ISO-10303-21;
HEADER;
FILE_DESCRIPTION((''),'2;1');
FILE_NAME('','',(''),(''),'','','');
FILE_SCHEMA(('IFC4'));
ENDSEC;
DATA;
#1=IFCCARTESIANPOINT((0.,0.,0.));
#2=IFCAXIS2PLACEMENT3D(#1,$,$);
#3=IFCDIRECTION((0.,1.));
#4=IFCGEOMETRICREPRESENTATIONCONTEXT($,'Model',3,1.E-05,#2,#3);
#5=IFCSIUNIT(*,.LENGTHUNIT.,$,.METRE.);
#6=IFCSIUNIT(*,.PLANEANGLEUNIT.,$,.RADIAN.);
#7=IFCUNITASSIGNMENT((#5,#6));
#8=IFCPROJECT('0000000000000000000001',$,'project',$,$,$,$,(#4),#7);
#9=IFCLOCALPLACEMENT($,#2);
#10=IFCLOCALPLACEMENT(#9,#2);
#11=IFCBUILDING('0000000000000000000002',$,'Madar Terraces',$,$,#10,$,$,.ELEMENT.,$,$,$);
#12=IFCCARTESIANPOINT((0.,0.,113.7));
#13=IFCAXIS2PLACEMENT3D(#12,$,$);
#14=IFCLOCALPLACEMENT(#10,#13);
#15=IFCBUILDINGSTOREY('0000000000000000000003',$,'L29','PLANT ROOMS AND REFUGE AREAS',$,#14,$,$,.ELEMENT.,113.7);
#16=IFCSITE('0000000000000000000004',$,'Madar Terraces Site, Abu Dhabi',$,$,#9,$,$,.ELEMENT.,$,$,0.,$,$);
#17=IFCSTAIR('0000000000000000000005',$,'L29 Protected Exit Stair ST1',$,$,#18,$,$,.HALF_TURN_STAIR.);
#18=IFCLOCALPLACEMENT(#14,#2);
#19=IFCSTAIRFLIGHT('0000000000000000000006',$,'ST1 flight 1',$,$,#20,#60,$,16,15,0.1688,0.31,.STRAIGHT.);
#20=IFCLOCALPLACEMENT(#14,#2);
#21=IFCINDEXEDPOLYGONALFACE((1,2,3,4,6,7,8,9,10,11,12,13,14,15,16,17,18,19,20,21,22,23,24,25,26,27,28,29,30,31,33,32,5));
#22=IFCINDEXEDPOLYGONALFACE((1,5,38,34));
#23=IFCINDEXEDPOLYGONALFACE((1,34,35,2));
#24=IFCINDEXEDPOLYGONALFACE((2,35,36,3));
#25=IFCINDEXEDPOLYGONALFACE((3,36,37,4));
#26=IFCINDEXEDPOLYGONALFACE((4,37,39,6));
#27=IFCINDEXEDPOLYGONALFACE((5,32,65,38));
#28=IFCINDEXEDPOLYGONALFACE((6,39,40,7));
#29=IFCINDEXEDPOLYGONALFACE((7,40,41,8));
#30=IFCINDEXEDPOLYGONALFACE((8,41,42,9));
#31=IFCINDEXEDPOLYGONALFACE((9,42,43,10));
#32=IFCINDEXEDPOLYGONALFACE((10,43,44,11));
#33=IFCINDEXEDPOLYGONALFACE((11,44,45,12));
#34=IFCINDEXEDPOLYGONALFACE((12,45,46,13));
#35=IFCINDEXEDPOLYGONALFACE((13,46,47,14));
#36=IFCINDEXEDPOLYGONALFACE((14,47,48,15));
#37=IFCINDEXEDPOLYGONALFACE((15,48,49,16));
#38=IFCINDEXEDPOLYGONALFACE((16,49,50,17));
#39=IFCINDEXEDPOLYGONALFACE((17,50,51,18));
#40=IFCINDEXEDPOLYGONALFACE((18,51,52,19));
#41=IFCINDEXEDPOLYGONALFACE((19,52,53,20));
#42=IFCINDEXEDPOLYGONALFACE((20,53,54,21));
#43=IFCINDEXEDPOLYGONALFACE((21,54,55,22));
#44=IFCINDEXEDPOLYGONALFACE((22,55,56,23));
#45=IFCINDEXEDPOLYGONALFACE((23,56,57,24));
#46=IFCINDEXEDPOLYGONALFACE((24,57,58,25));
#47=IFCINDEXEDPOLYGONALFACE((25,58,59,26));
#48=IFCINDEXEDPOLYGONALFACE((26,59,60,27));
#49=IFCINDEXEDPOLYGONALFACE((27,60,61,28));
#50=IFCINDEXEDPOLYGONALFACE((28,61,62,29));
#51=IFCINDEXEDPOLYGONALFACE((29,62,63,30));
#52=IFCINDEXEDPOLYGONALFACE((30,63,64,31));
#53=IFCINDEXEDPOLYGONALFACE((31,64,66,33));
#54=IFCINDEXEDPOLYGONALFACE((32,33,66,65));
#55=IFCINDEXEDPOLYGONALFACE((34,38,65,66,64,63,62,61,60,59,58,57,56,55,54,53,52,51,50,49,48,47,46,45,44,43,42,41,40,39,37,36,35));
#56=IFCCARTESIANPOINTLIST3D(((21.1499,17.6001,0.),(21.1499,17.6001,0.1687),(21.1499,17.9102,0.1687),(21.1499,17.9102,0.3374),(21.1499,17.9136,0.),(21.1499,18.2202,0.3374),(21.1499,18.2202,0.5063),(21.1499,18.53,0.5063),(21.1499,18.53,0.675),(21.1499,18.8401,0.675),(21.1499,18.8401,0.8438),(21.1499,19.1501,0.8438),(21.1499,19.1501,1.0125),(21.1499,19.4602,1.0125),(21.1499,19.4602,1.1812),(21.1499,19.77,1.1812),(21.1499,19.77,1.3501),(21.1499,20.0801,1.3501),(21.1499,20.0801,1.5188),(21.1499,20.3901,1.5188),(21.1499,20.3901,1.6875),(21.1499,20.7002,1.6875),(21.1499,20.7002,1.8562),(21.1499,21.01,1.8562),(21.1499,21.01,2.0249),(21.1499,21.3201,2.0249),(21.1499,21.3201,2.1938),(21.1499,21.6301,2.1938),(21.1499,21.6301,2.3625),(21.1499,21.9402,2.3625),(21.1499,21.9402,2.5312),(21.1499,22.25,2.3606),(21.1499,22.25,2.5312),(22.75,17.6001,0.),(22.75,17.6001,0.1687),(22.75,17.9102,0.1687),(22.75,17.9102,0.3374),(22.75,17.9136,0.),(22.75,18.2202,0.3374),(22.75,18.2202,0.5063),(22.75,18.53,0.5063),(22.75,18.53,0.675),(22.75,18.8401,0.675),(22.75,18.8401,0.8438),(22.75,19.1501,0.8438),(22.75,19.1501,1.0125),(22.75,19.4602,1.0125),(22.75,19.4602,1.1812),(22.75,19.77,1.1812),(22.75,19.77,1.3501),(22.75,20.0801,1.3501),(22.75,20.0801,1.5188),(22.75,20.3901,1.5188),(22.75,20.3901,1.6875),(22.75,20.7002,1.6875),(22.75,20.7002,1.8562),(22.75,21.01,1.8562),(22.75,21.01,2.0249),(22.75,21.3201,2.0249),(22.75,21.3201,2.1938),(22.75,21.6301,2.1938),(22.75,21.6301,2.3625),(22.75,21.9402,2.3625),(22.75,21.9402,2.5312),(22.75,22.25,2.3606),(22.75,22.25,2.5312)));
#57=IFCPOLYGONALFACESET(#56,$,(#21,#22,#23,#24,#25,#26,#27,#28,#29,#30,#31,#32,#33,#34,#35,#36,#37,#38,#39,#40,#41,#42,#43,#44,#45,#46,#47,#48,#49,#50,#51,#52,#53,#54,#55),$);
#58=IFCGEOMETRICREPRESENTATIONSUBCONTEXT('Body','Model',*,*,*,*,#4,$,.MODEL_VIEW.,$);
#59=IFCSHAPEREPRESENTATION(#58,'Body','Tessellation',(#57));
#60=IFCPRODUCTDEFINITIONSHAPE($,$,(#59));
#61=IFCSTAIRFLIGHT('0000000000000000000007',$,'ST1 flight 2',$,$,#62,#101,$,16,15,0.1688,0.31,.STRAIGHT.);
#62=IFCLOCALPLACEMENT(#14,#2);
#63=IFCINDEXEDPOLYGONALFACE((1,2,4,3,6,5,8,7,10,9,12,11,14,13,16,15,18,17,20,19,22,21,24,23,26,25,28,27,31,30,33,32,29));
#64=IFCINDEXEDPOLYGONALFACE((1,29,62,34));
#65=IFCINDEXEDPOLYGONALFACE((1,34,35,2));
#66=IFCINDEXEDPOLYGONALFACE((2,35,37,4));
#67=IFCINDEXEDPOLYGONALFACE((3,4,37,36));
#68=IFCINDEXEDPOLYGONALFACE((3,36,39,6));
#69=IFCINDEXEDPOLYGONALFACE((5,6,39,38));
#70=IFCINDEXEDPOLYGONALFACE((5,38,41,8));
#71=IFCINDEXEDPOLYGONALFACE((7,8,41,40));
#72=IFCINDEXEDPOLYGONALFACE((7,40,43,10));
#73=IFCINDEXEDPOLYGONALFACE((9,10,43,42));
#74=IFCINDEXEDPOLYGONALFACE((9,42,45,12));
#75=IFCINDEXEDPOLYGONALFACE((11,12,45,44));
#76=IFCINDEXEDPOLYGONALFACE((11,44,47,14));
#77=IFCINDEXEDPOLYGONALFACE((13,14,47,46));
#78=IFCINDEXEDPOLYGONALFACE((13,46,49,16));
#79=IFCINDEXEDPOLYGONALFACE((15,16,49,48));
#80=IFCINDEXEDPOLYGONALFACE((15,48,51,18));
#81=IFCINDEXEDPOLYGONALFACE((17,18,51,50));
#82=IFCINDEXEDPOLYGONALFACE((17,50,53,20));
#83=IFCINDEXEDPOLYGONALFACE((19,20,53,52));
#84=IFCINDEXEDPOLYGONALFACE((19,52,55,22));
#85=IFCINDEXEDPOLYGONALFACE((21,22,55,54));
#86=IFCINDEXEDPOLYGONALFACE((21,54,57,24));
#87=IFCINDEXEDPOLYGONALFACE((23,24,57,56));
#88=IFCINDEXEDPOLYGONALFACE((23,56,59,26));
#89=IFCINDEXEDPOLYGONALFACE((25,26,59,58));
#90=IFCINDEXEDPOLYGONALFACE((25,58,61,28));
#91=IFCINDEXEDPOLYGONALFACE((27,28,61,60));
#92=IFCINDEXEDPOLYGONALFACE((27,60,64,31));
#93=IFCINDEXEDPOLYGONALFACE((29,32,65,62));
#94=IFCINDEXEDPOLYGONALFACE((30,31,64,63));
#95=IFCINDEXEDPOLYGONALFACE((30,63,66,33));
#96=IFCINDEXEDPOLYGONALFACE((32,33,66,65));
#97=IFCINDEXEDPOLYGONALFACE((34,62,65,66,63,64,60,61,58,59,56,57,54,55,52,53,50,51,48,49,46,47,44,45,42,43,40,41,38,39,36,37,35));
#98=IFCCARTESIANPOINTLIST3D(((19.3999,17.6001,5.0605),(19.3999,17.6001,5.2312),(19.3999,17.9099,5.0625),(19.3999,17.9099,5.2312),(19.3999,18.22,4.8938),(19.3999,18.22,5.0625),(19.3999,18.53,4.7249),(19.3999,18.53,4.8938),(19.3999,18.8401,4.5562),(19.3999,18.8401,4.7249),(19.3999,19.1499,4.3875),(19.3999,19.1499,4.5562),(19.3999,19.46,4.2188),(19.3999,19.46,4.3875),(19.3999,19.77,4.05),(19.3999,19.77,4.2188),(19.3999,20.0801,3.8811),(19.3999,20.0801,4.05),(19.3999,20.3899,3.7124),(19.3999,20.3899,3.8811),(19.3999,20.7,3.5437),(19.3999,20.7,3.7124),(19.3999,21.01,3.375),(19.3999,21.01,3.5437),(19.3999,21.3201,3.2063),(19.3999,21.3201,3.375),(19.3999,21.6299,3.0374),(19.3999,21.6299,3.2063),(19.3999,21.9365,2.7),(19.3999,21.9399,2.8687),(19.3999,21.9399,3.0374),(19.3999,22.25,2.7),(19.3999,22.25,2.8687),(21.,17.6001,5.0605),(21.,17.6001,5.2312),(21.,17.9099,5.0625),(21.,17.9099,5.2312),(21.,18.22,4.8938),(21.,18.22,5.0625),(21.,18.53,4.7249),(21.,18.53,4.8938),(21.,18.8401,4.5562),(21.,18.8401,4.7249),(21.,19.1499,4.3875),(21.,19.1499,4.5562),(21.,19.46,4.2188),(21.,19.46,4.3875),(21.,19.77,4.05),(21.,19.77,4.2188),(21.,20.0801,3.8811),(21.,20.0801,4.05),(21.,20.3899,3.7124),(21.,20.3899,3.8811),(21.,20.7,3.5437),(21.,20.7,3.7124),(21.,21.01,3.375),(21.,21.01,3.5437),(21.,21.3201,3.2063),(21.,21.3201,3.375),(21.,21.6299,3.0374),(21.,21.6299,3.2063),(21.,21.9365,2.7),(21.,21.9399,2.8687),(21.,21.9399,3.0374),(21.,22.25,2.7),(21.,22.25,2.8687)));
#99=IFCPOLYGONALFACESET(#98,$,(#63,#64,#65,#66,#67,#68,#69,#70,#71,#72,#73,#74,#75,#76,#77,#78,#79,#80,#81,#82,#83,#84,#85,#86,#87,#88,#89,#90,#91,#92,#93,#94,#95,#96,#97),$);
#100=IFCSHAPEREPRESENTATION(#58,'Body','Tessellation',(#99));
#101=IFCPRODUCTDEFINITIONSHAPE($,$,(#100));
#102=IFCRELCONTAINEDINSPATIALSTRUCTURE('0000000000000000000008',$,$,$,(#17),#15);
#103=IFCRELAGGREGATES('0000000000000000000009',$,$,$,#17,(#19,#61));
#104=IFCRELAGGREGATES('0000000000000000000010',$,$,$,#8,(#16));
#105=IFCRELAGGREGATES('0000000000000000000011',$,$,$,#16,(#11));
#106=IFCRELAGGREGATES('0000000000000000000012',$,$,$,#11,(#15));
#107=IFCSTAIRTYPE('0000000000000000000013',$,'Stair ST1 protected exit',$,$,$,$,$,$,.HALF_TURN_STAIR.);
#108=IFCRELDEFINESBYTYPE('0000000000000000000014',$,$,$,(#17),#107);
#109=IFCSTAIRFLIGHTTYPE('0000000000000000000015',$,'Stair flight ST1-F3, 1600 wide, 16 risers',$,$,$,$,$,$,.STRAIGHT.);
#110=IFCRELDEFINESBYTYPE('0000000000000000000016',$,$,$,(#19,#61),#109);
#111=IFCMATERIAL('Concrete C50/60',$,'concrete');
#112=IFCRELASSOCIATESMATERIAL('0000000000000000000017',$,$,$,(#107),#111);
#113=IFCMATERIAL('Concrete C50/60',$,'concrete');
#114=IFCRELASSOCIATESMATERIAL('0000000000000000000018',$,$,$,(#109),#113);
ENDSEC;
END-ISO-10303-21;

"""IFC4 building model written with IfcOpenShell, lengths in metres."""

from ifc_helpers import new_model, si_unit, direction, frame, origin, place, context, subcontext, project, spatial, polyline, outline, extrude, material, type_object, element, aggregate, save


model = new_model("IFC4")

# Units and contexts
model_context = context("Model", 3, precision=1e-05, world=origin(), true_north=direction((0.0, 1.0)))
body_context = subcontext(model_context, "Body", "Model", "MODEL_VIEW")
ifc_project = project(units=[si_unit("LENGTHUNIT", "METRE"), si_unit("PLANEANGLEUNIT", "RADIAN")], contexts=[model_context])

# Site, building, storey
site_placement = place(None, origin())
site = spatial("IfcSite", under=ifc_project, at=site_placement, Name="Madar Terraces Site, Abu Dhabi", CompositionType="ELEMENT", RefElevation=0.0)
building_placement = place(site_placement, origin())
building = spatial("IfcBuilding", under=site, at=building_placement, Name="Madar Terraces", CompositionType="ELEMENT")
storey_placement = place(building_placement, frame((0.0, 0.0, 113.7)))
storey = spatial("IfcBuildingStorey", under=building, at=storey_placement, Name="L29", Description="PLANT ROOMS AND REFUGE AREAS", CompositionType="ELEMENT", Elevation=113.7)

# Stair, stair flights
ifc_material_1 = material(Name="Concrete C50/60", Category="concrete")
stair_type = type_object("IfcStairType", Name="Stair ST1 protected exit", PredefinedType="HALF_TURN_STAIR", material=ifc_material_1)
stair_placement = place(storey_placement, origin())
stair = element("IfcStair", 1, at=stair_placement, inside=storey, type_object=stair_type, Name="L29 Protected Exit Stair ST1", PredefinedType="HALF_TURN_STAIR")
ifc_material_2 = material(Name="Concrete C50/60", Category="concrete")
stair_flight_type = type_object("IfcStairFlightType", Name="Stair flight ST1-F3, 1600 wide, 16 risers", PredefinedType="STRAIGHT", material=ifc_material_2)
stair_flight_1_placement = place(storey_placement, frame((21.95, 17.6001, 0.0), z_axis=(0.0, 0.0, 1.0), x_axis=(0.0, 1.0, 0.0)))
stair_flight_1 = element("IfcStairFlight", 2, at=stair_flight_1_placement, type_object=stair_flight_type, Name="ST1 flight 1", NumberOfRisers=16, NumberOfTreads=15, PredefinedType="STRAIGHT", RiserHeight=0.1688, TreadLength=0.31, context=body_context, shape_type="SweptSolid", body=[
    extrude(outline(polyline([(0.0, 0.0), (0.0, 0.1687), (0.3101, 0.1687), (0.3101, 0.3374), (0.6201, 0.3374), (0.6201, 0.5063), (0.9299, 0.5063), (0.9299, 0.675), (1.24, 0.675), (1.24, 0.8438), (1.55, 0.8438), (1.55, 1.0125), (1.8601, 1.0125), (1.8601, 1.1812), (2.1699, 1.1812), (2.1699, 1.3501), (2.48, 1.3501), (2.48, 1.5188), (2.79, 1.5188), (2.79, 1.6875), (3.1001, 1.6875), (3.1001, 1.8562), (3.4099, 1.8562), (3.4099, 2.0249), (3.72, 2.0249), (3.72, 2.1938), (4.03, 2.1938), (4.03, 2.3625), (4.3401, 2.3625), (4.3401, 2.5312), (4.6499, 2.5312), (4.6499, 2.7), (4.6499, 2.3606), (0.3135, 0.0), (0.0, 0.0)])), frame((0.0, 0.8, 0.0), z_axis=(0.0, -1.0, 0.0), x_axis=(1.0, 0.0, 0.0)), (0.0, 0.0, 1.0), 1.6001),
])
stair_flight_2_placement = place(storey_placement, frame((20.2, 22.25, 2.7), z_axis=(0.0, 0.0, 1.0), x_axis=(0.0, -1.0, 0.0)))
stair_flight_2 = element("IfcStairFlight", 3, at=stair_flight_2_placement, type_object=stair_flight_type, Name="ST1 flight 2", NumberOfRisers=16, NumberOfTreads=15, PredefinedType="STRAIGHT", RiserHeight=0.1688, TreadLength=0.31, context=body_context, shape_type="SweptSolid", body=[
    extrude(outline(polyline([(0.0, 0.0), (0.0, 0.1687), (0.3101, 0.1687), (0.3101, 0.3374), (0.6201, 0.3374), (0.6201, 0.5063), (0.9299, 0.5063), (0.9299, 0.675), (1.24, 0.675), (1.24, 0.8438), (1.55, 0.8438), (1.55, 1.0125), (1.8601, 1.0125), (1.8601, 1.1812), (2.1699, 1.1812), (2.1699, 1.3501), (2.48, 1.3501), (2.48, 1.5188), (2.79, 1.5188), (2.79, 1.6875), (3.1001, 1.6875), (3.1001, 1.8562), (3.4099, 1.8562), (3.4099, 2.0249), (3.72, 2.0249), (3.72, 2.1938), (4.03, 2.1938), (4.03, 2.3625), (4.3401, 2.3625), (4.3401, 2.5312), (4.6499, 2.5312), (4.6499, 2.7), (4.6499, 2.3606), (0.3135, 0.0), (0.0, 0.0)])), frame((0.0, 0.8, 0.0), z_axis=(0.0, -1.0, 0.0), x_axis=(1.0, 0.0, 0.0)), (0.0, 0.0, 1.0), 1.6001),
])
aggregate(stair, [stair_flight_1, stair_flight_2])

save(model, "model.ifc")
